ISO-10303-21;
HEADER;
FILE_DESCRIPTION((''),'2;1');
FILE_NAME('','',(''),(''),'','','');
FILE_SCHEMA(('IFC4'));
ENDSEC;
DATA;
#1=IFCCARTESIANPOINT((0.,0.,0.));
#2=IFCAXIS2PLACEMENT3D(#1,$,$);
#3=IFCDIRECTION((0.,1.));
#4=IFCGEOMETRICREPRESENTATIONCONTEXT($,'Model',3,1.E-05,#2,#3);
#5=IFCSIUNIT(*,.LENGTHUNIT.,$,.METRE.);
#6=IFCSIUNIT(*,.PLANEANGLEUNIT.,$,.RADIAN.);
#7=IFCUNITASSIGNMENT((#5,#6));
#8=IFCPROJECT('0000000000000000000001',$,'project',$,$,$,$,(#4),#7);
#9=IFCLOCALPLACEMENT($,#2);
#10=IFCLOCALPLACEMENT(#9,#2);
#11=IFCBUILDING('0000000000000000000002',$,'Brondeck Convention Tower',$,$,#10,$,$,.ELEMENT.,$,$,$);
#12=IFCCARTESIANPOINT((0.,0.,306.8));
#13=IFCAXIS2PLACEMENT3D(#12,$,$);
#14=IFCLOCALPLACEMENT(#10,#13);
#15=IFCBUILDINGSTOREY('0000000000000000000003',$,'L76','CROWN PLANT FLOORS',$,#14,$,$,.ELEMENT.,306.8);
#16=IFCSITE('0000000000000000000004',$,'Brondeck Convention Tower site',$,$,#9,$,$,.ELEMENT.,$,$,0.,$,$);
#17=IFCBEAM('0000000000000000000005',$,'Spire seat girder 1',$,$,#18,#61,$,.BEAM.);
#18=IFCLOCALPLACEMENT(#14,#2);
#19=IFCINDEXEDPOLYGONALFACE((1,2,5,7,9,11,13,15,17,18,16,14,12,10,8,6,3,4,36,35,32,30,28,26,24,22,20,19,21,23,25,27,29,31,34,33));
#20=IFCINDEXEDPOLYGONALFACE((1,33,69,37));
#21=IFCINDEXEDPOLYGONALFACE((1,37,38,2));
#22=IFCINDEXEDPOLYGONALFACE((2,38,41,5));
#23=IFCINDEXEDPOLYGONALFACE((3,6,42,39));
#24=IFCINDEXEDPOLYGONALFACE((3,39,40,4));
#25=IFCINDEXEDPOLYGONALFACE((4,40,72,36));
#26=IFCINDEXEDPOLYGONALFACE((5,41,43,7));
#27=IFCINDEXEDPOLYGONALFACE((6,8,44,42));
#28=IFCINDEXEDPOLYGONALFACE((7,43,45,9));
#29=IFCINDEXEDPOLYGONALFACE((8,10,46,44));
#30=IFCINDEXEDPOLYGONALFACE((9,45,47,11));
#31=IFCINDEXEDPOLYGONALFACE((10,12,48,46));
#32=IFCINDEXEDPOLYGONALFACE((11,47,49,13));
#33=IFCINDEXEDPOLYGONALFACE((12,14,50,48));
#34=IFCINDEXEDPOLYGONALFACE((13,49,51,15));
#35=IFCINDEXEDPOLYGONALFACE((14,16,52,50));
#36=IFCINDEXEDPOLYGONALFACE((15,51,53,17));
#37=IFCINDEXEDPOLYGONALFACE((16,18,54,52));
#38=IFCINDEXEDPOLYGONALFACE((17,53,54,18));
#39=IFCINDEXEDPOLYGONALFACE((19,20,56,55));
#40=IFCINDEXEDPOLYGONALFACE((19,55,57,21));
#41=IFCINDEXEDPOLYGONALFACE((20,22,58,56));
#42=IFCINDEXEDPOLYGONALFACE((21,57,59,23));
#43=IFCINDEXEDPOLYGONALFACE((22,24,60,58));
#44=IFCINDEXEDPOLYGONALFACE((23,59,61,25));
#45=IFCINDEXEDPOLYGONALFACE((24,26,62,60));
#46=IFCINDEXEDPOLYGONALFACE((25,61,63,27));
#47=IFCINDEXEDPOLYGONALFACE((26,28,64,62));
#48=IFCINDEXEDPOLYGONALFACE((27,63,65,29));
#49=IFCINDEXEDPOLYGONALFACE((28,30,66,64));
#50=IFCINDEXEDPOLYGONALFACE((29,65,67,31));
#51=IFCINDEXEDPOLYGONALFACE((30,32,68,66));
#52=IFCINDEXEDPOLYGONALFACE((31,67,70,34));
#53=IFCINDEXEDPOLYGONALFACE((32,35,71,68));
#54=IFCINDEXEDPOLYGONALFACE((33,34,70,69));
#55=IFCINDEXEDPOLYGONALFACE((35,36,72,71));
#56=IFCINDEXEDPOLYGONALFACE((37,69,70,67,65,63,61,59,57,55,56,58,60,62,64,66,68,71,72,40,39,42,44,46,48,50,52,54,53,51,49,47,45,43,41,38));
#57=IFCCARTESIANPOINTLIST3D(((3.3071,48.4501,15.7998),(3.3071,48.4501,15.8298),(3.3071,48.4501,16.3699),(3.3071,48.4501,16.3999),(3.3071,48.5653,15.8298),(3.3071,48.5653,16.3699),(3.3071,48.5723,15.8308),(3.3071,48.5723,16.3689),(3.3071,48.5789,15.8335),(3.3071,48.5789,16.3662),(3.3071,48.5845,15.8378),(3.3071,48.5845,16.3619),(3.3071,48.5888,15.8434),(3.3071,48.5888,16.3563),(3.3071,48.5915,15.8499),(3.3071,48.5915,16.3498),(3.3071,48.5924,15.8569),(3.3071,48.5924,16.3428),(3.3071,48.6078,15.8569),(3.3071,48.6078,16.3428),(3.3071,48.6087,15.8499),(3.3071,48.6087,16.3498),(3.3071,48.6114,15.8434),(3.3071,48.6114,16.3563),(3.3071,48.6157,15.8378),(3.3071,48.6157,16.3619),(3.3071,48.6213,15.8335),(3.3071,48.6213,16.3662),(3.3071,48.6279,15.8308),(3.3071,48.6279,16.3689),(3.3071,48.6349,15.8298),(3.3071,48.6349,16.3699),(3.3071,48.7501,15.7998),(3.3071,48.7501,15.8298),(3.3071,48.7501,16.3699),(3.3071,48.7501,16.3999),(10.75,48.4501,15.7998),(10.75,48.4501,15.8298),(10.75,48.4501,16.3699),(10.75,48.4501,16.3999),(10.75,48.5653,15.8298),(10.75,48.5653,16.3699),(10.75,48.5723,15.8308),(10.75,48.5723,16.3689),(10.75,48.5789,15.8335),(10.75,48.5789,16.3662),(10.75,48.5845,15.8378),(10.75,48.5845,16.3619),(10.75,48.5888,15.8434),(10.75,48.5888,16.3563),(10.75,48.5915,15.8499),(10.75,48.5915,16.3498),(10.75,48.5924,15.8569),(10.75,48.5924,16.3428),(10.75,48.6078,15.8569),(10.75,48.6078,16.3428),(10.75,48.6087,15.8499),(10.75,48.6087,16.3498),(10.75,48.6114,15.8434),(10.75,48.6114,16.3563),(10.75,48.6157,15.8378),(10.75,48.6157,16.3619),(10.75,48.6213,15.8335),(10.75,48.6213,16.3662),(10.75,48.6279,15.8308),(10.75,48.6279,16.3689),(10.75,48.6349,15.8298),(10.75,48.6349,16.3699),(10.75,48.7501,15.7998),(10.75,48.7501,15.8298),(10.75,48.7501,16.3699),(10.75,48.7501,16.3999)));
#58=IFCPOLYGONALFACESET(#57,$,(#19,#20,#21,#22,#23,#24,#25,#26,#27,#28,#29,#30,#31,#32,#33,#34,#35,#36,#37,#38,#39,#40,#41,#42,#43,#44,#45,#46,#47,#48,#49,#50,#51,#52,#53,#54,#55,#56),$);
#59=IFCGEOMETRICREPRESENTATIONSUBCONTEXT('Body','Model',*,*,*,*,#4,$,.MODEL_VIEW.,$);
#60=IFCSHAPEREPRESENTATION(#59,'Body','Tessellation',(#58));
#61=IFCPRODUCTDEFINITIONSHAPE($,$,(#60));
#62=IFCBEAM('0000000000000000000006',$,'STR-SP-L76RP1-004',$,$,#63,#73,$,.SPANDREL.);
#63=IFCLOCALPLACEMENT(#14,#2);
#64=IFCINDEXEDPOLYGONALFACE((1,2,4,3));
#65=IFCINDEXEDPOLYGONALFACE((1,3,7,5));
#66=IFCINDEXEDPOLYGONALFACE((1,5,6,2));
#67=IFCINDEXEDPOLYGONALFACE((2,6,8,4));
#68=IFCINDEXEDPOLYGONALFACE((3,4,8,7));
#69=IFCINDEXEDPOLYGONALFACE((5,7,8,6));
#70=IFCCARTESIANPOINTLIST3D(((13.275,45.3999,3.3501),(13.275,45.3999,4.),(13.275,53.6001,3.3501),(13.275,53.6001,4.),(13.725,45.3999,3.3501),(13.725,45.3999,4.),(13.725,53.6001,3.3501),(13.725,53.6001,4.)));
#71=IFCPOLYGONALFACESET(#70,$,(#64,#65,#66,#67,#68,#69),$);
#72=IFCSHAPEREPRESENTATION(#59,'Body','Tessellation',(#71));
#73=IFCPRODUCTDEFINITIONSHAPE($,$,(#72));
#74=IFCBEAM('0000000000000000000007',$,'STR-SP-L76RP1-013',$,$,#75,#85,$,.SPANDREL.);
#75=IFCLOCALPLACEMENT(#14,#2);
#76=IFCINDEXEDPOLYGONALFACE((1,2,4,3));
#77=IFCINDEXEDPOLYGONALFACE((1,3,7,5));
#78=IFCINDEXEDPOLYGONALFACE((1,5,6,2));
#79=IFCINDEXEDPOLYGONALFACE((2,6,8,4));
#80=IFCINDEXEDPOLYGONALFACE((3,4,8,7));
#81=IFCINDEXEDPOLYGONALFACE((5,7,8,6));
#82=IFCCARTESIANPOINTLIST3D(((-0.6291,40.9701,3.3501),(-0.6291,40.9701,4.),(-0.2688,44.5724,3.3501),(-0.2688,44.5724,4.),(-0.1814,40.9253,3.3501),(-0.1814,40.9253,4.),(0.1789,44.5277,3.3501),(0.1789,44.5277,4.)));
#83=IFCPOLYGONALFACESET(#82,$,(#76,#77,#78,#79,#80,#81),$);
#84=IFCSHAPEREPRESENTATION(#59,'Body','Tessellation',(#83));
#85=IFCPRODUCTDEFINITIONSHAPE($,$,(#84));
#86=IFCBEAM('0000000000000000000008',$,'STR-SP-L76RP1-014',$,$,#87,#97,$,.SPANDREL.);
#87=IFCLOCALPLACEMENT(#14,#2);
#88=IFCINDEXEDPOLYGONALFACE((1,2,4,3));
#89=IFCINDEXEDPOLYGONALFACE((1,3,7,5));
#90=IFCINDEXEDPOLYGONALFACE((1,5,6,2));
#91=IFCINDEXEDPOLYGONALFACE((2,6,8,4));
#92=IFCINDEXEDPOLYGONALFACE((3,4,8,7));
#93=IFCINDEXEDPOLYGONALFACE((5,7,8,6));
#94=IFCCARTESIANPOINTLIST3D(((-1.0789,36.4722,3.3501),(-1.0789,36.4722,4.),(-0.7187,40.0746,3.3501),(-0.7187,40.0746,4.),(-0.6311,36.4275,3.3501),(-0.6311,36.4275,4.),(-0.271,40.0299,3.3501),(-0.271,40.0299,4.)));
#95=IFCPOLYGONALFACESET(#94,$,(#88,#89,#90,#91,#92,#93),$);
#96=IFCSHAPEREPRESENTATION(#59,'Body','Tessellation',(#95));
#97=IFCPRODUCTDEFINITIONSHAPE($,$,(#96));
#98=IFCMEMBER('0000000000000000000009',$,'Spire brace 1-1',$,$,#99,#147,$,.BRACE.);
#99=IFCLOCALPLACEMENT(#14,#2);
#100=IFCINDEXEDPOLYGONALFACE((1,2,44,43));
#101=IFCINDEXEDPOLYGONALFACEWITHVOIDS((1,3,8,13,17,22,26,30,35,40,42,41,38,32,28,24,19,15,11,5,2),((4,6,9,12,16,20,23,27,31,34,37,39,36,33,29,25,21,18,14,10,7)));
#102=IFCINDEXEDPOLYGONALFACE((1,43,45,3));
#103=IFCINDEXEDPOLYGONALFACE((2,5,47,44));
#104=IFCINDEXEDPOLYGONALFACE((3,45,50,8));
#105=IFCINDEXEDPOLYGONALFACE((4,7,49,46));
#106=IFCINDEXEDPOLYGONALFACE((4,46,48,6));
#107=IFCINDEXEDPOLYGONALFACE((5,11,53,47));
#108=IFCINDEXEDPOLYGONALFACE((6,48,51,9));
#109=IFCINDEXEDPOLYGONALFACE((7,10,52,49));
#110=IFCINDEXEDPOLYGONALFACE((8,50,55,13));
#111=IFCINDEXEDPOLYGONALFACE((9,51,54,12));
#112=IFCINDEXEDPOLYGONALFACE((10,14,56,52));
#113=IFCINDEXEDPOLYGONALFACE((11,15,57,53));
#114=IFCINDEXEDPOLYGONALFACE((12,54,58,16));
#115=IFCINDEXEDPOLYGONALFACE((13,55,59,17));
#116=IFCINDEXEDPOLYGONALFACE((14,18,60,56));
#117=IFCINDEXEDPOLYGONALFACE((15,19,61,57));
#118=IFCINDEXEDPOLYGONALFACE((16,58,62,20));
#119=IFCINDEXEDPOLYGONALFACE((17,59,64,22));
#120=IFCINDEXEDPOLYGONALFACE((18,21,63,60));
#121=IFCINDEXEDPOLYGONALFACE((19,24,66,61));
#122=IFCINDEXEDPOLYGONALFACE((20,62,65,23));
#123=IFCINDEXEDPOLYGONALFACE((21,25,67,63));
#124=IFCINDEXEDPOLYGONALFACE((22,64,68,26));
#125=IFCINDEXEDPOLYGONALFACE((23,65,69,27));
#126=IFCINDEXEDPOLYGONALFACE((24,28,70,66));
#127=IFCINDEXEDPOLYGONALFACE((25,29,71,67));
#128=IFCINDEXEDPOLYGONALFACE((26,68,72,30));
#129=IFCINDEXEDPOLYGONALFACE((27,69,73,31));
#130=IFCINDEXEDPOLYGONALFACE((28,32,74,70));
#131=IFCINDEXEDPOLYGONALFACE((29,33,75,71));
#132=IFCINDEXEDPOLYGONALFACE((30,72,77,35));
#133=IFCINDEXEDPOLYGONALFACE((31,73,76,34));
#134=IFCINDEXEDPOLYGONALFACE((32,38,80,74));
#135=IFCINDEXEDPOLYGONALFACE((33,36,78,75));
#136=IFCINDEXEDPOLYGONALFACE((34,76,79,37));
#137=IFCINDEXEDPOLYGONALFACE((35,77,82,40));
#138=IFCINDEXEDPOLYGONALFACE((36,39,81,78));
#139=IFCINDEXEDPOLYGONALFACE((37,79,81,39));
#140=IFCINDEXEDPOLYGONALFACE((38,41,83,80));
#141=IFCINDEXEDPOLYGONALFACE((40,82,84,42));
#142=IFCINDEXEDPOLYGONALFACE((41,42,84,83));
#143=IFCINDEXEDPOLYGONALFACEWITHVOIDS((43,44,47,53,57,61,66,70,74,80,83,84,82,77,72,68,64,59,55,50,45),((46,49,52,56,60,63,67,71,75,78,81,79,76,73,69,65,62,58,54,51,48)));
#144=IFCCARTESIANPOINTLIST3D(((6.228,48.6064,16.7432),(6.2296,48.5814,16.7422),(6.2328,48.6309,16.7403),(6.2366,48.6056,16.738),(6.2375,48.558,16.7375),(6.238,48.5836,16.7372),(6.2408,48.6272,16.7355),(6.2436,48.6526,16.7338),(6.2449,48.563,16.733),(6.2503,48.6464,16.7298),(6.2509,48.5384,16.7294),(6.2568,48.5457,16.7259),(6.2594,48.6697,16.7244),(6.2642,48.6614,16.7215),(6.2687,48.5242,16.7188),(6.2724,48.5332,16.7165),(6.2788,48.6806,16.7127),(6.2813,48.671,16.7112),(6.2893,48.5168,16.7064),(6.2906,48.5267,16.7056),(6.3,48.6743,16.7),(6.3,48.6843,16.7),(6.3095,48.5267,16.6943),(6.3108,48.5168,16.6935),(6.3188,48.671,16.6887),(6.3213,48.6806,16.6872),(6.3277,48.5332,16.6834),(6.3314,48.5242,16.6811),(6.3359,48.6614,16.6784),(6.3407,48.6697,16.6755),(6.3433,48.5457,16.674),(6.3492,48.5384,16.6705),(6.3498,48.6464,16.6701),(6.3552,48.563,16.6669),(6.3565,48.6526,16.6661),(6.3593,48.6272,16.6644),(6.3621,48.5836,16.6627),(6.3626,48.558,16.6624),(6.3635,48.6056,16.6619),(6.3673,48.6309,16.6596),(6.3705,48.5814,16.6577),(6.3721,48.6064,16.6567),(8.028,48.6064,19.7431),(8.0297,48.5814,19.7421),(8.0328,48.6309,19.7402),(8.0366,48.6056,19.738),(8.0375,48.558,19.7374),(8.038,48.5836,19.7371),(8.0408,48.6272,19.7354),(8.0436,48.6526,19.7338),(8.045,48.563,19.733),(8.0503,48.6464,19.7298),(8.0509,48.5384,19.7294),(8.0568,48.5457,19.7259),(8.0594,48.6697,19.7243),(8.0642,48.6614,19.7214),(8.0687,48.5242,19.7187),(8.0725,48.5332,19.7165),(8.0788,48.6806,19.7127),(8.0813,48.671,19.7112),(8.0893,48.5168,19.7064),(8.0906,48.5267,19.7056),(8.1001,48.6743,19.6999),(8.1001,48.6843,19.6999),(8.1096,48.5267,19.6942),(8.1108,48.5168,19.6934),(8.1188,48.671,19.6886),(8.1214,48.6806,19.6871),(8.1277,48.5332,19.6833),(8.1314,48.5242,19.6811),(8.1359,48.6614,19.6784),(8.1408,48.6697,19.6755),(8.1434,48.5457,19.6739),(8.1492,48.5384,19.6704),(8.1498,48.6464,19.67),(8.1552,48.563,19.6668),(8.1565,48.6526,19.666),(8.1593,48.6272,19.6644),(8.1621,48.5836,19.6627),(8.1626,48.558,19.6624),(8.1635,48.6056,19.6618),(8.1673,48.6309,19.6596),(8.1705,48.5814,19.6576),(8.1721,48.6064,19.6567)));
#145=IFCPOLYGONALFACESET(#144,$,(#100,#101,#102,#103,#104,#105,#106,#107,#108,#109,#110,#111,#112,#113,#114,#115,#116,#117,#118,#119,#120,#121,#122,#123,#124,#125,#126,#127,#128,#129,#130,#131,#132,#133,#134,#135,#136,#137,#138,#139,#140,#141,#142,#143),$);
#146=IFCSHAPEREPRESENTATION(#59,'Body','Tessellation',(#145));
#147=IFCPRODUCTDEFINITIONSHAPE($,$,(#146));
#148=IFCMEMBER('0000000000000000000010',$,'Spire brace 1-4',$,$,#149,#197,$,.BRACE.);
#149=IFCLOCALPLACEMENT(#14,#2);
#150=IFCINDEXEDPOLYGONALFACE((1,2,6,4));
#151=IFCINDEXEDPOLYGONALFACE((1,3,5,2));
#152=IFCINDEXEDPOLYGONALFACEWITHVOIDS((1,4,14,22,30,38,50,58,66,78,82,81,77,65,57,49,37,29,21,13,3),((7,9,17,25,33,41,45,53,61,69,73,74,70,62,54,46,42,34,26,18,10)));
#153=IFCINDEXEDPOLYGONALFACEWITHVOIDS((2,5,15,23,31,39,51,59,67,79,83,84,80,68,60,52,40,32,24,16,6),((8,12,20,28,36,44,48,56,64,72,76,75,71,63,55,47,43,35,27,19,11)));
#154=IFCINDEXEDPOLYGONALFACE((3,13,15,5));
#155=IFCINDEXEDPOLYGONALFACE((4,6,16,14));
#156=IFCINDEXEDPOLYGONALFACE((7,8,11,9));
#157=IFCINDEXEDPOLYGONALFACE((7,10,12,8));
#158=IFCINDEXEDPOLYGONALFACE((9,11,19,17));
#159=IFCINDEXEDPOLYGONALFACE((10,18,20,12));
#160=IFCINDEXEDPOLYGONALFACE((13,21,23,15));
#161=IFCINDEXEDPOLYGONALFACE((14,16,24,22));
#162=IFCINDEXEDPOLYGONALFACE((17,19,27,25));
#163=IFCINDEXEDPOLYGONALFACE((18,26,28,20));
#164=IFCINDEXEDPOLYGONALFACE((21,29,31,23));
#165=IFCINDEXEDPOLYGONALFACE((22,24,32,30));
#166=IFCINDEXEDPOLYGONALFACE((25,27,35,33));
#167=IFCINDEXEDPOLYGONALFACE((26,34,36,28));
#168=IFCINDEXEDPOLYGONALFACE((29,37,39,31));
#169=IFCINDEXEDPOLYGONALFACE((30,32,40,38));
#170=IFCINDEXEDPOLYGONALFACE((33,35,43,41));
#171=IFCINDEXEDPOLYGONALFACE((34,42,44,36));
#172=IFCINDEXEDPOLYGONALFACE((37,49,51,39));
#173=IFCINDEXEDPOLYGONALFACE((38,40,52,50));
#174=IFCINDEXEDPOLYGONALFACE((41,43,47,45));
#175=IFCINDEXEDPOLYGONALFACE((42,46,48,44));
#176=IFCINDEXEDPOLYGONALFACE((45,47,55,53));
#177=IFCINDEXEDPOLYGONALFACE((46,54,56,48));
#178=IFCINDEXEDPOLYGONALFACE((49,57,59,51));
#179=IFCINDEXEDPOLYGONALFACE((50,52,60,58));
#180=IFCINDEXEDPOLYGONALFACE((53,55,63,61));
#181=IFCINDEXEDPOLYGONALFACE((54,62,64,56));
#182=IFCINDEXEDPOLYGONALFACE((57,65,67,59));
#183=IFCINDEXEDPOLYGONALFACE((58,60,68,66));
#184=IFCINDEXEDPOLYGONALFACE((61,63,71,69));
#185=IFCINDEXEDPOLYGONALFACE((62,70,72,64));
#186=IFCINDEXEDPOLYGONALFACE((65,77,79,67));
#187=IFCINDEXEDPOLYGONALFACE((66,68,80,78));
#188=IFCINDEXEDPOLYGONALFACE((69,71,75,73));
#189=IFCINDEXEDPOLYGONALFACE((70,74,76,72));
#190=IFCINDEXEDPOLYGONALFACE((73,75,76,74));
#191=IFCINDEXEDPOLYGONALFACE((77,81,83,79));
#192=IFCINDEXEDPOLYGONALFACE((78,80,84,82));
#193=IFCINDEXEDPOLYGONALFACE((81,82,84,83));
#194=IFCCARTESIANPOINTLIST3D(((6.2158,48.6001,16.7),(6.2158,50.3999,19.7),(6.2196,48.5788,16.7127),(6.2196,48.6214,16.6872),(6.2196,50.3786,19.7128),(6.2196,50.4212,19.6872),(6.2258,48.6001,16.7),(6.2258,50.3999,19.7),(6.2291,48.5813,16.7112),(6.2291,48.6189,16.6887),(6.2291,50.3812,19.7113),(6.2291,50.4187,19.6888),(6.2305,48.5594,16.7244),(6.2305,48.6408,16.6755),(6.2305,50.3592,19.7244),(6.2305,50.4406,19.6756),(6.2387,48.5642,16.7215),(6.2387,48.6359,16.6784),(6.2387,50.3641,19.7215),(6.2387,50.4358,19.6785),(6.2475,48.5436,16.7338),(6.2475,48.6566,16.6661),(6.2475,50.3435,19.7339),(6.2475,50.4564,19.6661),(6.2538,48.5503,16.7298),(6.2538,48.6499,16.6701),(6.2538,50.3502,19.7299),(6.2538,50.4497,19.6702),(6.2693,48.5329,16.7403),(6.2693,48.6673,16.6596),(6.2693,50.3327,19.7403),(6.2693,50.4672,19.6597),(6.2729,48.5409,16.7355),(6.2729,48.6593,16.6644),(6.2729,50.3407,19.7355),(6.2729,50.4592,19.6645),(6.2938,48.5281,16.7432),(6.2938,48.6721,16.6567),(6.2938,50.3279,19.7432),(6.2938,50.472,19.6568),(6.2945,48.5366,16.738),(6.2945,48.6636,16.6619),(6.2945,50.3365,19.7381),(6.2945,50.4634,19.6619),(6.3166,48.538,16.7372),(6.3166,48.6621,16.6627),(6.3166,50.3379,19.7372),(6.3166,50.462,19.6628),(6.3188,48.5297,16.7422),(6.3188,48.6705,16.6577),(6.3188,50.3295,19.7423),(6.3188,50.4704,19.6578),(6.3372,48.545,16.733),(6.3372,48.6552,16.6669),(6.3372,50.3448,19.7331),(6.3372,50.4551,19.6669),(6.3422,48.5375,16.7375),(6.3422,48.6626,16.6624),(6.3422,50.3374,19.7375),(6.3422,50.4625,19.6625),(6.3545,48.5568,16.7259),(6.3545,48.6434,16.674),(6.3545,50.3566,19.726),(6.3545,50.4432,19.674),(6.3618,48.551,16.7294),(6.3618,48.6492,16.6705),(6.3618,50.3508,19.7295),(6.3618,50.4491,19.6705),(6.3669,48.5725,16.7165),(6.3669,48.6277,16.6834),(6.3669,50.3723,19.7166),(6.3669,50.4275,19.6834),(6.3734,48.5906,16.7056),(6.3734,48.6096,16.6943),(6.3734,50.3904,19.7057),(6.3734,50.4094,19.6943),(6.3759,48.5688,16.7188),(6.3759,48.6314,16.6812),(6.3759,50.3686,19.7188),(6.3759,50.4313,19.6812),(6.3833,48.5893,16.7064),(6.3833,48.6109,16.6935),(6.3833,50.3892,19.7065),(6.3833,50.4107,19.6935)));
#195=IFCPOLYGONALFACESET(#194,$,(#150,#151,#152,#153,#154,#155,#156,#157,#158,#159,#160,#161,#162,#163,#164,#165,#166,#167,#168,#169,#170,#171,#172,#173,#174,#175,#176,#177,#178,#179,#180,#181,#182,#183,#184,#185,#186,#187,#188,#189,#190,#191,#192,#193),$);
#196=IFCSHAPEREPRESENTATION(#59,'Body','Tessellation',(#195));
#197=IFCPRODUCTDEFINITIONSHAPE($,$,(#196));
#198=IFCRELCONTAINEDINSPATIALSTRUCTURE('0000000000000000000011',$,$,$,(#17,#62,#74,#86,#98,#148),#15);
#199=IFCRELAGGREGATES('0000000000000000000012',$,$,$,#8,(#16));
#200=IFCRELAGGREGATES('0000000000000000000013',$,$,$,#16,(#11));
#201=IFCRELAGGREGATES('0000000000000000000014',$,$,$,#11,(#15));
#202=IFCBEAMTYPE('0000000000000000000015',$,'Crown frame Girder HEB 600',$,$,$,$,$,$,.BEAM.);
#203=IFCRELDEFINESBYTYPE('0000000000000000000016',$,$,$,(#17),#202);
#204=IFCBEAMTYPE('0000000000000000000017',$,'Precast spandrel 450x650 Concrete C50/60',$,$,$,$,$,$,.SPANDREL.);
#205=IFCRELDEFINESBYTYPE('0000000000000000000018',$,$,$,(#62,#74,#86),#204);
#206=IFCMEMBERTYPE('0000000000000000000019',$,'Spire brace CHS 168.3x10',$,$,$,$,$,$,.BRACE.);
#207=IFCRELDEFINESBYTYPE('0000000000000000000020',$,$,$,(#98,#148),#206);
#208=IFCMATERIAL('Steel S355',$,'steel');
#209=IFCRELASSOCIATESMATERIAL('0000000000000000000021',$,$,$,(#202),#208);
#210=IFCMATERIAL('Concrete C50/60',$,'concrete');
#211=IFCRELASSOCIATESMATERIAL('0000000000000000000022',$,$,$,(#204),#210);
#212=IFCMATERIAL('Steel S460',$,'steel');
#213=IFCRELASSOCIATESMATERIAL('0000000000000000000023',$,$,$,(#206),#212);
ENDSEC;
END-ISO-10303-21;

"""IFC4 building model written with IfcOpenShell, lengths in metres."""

from ifc_helpers import new_model, si_unit, direction, frame, origin, origin_2d, place, context, subcontext, project, spatial, rectangle, hollow_circle, i_section, extrude, material, material_profile, profile_set, type_object, element, save


model = new_model("IFC4")

# Units and contexts
model_context = context("Model", 3, precision=1e-05, world=origin(), true_north=direction((0.0, 1.0)))
body_context = subcontext(model_context, "Body", "Model", "MODEL_VIEW")
ifc_project = project(units=[si_unit("LENGTHUNIT", "METRE"), si_unit("PLANEANGLEUNIT", "RADIAN")], contexts=[model_context])

# Site, building, storey
site_placement = place(None, origin())
site = spatial("IfcSite", under=ifc_project, at=site_placement, Name="Brondeck Convention Tower site", CompositionType="ELEMENT", RefElevation=0.0)
building_placement = place(site_placement, origin())
building = spatial("IfcBuilding", under=site, at=building_placement, Name="Brondeck Convention Tower", CompositionType="ELEMENT")
storey_placement = place(building_placement, frame((0.0, 0.0, 306.8)))
storey = spatial("IfcBuildingStorey", under=building, at=storey_placement, Name="L76", Description="CROWN PLANT FLOORS", CompositionType="ELEMENT", Elevation=306.8)

# Beams
ifc_material_1 = material(Name="Steel S355", Category="steel")
ifc_material_profile_1 = material_profile(ifc_material_1, i_section(OverallWidth=0.3, OverallDepth=0.6001, WebThickness=0.0154, FlangeThickness=0.03, FilletRadius=0.0271, at=origin_2d()), Name="HEB 600")
ifc_profile_set_1 = profile_set([ifc_material_profile_1], Name="Steel S355")
beam_type_1 = type_object("IfcBeamType", Name="Crown frame Girder HEB 600", PredefinedType="BEAM", material=ifc_profile_set_1)
beam_1_placement = place(storey_placement, frame((3.3071, 48.6001, 16.0999), z_axis=(1.0, 0.0, 0.0), x_axis=(0.0, 1.0, 0.0)))
element("IfcBeam", 1, at=beam_1_placement, inside=storey, type_object=beam_type_1, Name="Spire seat girder 1", PredefinedType="BEAM", context=body_context, shape_type="SweptSolid", body=[
    extrude(i_section(OverallWidth=0.3, OverallDepth=0.6001, WebThickness=0.0154, FlangeThickness=0.03, FilletRadius=0.0271, at=origin_2d()), origin(), (0.0, 0.0, 1.0), 7.4429),
])
ifc_material_2 = material(Name="Concrete C50/60", Category="concrete")
ifc_material_profile_2 = material_profile(ifc_material_2, rectangle(XDim=0.45, YDim=0.6499, at=origin_2d()), Name="Precast spandrel 450x650 Concrete C50/60")
ifc_profile_set_2 = profile_set([ifc_material_profile_2], Name="Concrete C50/60")
beam_type_2 = type_object("IfcBeamType", Name="Precast spandrel 450x650 Concrete C50/60", PredefinedType="SPANDREL", material=ifc_profile_set_2)
beam_2_placement = place(storey_placement, frame((13.5, 45.3999, 3.675), z_axis=(0.0, 1.0, 0.0), x_axis=(-1.0, 0.0, 0.0)))
element("IfcBeam", 2, at=beam_2_placement, inside=storey, type_object=beam_type_2, Name="STR-SP-L76RP1-004", PredefinedType="SPANDREL", context=body_context, shape_type="SweptSolid", body=[
    extrude(rectangle(XDim=0.45, YDim=0.6499, at=origin_2d()), origin(), (0.0, 0.0, 1.0), 8.2002),
])
for number, where, z_axis, x_axis, name in (
    (3, (-0.0449, 44.55, 3.675), (-0.099537, -0.995034, 0.0), (0.995034, -0.099537, 0.0), "STR-SP-L76RP1-013"),
    (4, (-0.4949, 40.0522, 3.675), (-0.09947, -0.995041, 0.0), (0.995041, -0.09947, 0.0), "STR-SP-L76RP1-014"),
):
    element("IfcBeam", number, at=place(storey_placement, frame(where, z_axis=z_axis, x_axis=x_axis)), inside=storey, type_object=beam_type_2, Name=name, PredefinedType="SPANDREL", context=body_context, shape_type="SweptSolid", body=[
        extrude(rectangle(XDim=0.45, YDim=0.6499, at=origin_2d()), origin(), (0.0, 0.0, 1.0), 3.6204),
    ])

# Members
ifc_material_3 = material(Name="Steel S460", Category="steel")
ifc_material_profile_3 = material_profile(ifc_material_3, hollow_circle(Radius=0.0842, WallThickness=0.01, at=origin_2d()), Name="CHS 168.3x10")
ifc_profile_set_3 = profile_set([ifc_material_profile_3], Name="Steel S460")
member_type_1 = type_object("IfcMemberType", Name="Spire brace CHS 168.3x10", PredefinedType="BRACE", material=ifc_profile_set_3)
for number, where, z_axis, x_axis, name in (
    (5, (6.3, 48.6001, 16.7), (0.514506, 0.0, 0.857487), (0.0, 1.0, 0.0), "Spire brace 1-1"),
    (6, (6.3, 48.6001, 16.7), (0.0, 0.514455, 0.857518), (-1.0, 0.0, 0.0), "Spire brace 1-4"),
):
    element("IfcMember", number, at=place(storey_placement, frame(where, z_axis=z_axis, x_axis=x_axis)), inside=storey, type_object=member_type_1, Name=name, PredefinedType="BRACE", context=body_context, shape_type="SweptSolid", body=[
        extrude(hollow_circle(Radius=0.0842, WallThickness=0.01, at=origin_2d()), origin(), (0.0, 0.0, 1.0), 3.4985),
    ])

save(model, "model.ifc")
